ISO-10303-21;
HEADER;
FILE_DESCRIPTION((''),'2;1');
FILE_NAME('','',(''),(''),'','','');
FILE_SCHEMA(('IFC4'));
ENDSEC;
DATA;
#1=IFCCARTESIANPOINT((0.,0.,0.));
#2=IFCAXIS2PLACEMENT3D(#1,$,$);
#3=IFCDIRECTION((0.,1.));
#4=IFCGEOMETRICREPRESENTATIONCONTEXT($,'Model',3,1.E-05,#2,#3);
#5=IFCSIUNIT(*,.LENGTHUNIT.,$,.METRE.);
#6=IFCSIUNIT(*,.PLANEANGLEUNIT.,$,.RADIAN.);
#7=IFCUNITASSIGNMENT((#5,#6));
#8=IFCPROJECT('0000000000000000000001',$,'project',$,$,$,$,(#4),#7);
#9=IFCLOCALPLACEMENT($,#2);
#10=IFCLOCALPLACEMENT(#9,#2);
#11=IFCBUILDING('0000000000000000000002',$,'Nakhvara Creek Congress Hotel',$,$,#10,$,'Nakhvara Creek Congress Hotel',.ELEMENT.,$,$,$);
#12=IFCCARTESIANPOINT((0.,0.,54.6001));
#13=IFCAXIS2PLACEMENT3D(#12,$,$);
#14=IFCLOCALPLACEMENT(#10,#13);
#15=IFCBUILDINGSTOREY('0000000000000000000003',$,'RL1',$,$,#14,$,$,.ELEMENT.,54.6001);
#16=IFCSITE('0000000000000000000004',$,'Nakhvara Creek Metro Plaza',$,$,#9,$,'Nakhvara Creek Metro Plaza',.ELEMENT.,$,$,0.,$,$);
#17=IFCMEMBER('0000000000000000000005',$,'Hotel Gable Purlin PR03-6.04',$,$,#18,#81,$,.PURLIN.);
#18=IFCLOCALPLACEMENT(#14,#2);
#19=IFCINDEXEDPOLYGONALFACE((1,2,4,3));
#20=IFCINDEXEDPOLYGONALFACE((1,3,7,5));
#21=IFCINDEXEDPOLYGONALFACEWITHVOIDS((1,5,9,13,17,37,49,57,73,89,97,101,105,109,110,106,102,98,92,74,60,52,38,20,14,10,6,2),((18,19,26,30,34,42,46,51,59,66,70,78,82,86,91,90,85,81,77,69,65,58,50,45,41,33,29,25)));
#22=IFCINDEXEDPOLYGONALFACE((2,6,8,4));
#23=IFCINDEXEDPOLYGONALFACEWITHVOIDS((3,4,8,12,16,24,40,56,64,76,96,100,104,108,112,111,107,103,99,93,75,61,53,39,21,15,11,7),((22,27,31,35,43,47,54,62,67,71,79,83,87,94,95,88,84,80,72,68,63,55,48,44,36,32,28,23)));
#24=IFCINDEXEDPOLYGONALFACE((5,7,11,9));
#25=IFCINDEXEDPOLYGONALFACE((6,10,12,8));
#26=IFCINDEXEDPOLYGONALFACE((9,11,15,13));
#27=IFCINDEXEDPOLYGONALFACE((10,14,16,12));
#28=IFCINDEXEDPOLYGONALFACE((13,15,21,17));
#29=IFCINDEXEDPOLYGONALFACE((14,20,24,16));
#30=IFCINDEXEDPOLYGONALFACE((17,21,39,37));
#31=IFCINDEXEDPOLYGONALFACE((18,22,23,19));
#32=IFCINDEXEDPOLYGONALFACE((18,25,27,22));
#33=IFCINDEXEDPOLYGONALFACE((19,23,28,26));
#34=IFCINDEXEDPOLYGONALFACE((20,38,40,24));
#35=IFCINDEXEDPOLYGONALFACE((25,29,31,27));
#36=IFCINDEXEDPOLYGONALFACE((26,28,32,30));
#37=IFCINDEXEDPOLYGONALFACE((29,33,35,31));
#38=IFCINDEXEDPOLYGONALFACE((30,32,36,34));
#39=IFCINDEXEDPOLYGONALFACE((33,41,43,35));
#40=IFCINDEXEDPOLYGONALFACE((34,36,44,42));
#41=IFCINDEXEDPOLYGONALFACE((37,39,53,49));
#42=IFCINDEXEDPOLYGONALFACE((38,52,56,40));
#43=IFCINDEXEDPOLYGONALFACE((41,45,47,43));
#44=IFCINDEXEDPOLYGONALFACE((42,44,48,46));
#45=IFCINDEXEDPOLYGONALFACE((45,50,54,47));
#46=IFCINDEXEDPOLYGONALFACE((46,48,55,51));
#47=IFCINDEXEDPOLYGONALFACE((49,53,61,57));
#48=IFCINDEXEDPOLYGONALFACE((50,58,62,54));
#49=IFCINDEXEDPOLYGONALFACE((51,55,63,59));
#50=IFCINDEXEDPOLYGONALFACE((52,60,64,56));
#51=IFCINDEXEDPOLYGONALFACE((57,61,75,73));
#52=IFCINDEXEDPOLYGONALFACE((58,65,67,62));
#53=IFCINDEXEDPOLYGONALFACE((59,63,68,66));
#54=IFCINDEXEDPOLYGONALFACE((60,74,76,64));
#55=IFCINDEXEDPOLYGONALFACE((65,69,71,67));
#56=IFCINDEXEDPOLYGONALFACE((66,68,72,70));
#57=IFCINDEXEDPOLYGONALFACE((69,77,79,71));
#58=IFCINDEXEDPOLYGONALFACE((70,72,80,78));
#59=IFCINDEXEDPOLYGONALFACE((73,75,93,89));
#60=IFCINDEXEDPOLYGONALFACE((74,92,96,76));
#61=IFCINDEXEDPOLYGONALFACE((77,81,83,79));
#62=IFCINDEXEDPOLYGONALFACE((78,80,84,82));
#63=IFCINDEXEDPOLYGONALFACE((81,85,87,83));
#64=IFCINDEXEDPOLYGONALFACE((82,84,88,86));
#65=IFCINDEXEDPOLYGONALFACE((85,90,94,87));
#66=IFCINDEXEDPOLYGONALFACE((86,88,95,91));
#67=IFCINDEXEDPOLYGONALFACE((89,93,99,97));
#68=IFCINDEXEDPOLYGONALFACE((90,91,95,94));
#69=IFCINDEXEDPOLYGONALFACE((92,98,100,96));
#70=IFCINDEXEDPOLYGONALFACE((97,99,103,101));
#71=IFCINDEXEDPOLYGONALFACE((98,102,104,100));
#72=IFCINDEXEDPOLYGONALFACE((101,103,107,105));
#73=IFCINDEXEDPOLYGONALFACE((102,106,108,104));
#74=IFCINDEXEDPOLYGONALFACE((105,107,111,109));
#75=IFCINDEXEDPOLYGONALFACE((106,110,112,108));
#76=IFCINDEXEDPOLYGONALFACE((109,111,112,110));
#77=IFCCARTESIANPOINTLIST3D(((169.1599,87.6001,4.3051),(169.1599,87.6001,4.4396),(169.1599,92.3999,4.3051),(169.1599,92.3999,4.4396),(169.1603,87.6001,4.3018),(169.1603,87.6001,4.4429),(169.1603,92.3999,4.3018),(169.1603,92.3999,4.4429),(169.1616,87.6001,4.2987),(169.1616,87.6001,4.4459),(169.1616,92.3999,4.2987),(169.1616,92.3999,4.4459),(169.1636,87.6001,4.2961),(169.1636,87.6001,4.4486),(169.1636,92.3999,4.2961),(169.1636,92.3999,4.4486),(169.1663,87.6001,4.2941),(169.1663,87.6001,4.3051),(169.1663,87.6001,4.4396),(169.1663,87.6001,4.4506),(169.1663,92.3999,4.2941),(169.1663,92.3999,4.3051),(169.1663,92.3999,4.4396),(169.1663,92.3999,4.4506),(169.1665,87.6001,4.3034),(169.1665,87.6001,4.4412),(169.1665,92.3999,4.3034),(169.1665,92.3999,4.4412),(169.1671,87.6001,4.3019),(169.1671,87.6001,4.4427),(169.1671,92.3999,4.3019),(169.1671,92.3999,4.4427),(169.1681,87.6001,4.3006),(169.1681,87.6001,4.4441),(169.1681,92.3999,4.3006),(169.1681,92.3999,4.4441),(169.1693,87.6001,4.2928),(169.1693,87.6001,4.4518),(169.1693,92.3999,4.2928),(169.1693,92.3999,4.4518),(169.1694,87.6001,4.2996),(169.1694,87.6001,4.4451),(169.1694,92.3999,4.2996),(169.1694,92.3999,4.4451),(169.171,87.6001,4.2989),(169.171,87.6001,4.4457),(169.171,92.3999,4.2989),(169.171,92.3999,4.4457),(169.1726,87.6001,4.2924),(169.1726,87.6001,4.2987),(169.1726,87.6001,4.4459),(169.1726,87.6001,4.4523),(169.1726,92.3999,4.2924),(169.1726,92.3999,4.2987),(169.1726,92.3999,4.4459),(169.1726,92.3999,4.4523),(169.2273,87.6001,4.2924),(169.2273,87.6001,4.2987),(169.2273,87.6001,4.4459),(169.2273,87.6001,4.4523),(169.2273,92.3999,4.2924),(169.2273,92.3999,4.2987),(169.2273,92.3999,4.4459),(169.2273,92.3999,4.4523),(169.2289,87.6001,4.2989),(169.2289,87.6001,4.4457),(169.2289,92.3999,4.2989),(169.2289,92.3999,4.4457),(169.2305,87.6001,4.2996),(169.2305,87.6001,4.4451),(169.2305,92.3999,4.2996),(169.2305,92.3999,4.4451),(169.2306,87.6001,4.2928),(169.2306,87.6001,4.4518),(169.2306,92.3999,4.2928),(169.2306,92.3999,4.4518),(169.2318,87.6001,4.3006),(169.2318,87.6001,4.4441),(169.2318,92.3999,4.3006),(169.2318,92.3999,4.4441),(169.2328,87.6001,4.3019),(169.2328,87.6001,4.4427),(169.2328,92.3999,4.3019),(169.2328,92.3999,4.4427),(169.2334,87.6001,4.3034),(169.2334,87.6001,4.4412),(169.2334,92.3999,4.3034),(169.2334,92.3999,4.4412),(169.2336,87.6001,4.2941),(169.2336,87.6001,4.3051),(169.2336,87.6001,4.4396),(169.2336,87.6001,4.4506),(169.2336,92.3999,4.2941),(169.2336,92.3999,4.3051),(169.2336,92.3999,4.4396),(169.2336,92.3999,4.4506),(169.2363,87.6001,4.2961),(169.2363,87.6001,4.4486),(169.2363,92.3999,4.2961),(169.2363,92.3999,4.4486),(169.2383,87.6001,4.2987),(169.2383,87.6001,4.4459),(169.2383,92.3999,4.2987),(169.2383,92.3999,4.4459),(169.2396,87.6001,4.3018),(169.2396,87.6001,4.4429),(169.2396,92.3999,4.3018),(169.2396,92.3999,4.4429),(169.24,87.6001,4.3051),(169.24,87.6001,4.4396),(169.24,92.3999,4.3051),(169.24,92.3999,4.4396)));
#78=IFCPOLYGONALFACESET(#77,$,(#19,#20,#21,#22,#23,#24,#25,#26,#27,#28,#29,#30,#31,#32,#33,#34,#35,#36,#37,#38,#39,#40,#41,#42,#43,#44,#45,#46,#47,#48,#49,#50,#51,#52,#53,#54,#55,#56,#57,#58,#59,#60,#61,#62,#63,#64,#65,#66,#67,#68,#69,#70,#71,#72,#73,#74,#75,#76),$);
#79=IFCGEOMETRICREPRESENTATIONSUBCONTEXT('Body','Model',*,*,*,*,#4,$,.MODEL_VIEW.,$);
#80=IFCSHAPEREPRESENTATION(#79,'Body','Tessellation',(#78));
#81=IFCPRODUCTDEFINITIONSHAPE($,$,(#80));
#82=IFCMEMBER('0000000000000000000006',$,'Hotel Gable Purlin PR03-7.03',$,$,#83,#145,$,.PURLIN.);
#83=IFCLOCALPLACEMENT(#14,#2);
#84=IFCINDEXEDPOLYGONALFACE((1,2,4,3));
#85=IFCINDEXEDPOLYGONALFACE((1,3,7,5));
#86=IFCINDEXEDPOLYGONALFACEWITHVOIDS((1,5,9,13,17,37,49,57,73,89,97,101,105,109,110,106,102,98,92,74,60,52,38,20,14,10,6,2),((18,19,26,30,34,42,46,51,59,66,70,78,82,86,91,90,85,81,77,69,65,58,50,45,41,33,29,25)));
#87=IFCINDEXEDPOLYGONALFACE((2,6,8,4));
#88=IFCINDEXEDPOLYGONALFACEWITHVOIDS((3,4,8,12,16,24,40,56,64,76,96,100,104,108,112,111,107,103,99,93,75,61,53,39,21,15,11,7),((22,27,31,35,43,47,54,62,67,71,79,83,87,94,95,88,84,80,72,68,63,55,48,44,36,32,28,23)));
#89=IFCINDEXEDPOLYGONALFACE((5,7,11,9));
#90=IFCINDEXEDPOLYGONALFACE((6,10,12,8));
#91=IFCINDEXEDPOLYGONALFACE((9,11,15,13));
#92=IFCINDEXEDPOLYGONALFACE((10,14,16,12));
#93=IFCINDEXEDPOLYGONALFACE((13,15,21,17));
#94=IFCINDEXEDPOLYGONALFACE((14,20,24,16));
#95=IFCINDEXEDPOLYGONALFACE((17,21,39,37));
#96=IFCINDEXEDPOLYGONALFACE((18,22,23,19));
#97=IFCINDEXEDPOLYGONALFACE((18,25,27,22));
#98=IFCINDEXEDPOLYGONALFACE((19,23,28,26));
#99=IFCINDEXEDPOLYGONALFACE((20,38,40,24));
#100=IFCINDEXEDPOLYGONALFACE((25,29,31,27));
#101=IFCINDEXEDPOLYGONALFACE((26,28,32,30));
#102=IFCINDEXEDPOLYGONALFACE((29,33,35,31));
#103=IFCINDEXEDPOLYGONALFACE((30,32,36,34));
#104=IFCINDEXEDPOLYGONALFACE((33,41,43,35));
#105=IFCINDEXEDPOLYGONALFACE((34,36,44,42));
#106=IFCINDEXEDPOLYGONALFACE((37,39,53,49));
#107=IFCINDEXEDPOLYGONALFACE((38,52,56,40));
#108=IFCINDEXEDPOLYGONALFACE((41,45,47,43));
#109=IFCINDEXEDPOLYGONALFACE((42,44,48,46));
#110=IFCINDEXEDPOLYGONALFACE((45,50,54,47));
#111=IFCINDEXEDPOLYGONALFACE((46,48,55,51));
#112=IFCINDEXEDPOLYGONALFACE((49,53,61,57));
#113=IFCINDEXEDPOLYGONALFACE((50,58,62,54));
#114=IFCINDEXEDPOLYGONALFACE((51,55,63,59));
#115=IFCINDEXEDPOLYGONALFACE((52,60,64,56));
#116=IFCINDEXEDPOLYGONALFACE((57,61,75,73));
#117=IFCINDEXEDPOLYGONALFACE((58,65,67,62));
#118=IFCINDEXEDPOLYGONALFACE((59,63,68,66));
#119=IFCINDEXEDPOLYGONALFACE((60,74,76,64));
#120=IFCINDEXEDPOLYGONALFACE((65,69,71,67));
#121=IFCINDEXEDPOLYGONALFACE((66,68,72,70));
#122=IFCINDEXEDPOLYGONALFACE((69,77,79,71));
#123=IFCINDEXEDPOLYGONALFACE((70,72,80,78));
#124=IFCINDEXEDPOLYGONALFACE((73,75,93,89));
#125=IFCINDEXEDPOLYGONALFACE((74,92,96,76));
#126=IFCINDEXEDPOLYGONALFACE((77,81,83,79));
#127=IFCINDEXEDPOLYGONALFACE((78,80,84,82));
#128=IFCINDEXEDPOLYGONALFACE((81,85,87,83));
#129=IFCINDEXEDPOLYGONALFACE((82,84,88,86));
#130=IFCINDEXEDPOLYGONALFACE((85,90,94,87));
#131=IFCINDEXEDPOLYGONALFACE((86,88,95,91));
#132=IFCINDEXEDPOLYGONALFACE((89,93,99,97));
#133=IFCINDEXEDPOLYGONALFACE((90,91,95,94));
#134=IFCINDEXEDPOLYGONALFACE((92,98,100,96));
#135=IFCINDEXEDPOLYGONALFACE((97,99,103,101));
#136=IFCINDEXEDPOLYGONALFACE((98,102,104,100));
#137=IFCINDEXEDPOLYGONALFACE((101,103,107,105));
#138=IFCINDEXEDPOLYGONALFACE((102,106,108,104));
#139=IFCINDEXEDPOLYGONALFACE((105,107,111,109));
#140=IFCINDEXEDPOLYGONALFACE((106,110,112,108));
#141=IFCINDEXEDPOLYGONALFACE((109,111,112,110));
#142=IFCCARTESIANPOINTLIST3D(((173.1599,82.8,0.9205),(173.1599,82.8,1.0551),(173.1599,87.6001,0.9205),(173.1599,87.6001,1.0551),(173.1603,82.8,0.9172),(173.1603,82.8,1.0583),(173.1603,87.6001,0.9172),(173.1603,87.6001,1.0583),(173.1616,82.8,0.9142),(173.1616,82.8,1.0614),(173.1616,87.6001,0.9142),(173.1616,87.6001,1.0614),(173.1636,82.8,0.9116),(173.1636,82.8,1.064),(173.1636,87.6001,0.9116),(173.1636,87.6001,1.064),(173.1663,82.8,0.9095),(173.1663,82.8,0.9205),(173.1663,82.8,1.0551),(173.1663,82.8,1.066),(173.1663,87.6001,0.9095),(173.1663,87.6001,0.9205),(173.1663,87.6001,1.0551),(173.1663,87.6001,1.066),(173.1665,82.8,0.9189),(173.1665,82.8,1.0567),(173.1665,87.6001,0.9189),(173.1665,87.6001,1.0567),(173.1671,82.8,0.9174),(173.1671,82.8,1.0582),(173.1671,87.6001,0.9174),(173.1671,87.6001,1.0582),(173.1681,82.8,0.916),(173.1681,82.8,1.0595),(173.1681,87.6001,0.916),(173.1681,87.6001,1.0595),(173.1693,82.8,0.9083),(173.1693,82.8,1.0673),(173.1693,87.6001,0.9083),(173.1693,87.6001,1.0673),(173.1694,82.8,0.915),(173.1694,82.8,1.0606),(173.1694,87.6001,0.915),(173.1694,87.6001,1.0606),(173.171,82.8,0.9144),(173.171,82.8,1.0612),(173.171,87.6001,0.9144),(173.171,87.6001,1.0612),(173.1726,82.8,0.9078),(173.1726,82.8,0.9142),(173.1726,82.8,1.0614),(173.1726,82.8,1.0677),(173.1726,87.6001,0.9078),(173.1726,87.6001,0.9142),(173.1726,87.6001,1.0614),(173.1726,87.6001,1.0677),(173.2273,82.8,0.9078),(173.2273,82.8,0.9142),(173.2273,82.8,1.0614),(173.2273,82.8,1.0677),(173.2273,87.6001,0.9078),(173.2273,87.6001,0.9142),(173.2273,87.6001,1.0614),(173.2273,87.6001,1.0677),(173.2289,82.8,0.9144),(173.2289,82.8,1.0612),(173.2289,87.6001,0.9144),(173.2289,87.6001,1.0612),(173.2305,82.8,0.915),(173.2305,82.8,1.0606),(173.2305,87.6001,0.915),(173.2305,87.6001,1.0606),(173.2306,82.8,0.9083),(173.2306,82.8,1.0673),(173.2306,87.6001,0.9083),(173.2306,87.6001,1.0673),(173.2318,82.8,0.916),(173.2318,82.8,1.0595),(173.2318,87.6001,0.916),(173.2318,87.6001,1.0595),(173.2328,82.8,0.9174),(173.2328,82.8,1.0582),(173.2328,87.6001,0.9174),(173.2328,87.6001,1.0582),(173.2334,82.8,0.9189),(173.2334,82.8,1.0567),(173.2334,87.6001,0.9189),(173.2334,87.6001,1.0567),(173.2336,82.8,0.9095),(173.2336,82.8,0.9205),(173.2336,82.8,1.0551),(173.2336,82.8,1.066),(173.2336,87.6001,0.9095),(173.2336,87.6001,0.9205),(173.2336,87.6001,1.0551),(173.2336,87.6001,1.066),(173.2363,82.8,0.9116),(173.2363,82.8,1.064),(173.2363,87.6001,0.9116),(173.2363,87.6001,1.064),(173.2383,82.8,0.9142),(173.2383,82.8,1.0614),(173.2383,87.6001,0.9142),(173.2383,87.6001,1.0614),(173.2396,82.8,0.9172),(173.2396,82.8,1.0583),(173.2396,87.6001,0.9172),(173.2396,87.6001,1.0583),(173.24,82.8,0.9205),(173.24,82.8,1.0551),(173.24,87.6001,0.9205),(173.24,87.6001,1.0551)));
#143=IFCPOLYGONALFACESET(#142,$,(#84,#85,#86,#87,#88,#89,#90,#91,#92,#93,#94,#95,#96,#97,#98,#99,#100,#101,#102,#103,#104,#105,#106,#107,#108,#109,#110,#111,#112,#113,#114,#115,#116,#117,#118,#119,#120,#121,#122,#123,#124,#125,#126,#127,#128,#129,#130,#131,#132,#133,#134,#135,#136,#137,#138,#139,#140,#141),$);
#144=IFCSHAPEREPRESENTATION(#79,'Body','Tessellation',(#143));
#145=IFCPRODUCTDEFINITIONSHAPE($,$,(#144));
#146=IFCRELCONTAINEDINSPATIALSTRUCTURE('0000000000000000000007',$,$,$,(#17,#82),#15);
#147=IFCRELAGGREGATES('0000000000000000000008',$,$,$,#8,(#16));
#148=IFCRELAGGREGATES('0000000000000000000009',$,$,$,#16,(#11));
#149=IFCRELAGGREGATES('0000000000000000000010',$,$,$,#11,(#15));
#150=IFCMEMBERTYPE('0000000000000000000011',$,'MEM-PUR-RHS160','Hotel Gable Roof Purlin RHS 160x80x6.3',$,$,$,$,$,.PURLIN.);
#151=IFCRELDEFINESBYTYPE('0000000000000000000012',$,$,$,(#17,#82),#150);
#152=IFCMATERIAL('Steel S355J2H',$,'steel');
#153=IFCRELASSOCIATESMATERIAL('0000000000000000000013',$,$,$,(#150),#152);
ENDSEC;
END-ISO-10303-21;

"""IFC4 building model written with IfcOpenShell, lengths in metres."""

from ifc_helpers import new_model, si_unit, direction, frame, origin, origin_2d, place, context, subcontext, project, spatial, hollow_rectangle, extrude, material, material_profile, profile_set, type_object, element, save


model = new_model("IFC4")

# Units and contexts
model_context = context("Model", 3, precision=1e-05, world=origin(), true_north=direction((0.0, 1.0)))
body_context = subcontext(model_context, "Body", "Model", "MODEL_VIEW")
ifc_project = project(units=[si_unit("LENGTHUNIT", "METRE"), si_unit("PLANEANGLEUNIT", "RADIAN")], contexts=[model_context])

# Site, building, storey
site_placement = place(None, origin())
site = spatial("IfcSite", under=ifc_project, at=site_placement, Name="Nakhvara Creek Metro Plaza", LongName="Nakhvara Creek Metro Plaza", CompositionType="ELEMENT", RefElevation=0.0)
building_placement = place(site_placement, origin())
building = spatial("IfcBuilding", under=site, at=building_placement, Name="Nakhvara Creek Congress Hotel", LongName="Nakhvara Creek Congress Hotel", CompositionType="ELEMENT")
storey_placement = place(building_placement, frame((0.0, 0.0, 54.6001)))
storey = spatial("IfcBuildingStorey", under=building, at=storey_placement, Name="RL1", CompositionType="ELEMENT", Elevation=54.6001)

# Members
ifc_material_1 = material(Name="Steel S355J2H", Category="steel")
ifc_material_profile_1 = material_profile(ifc_material_1, hollow_rectangle(XDim=0.0801, YDim=0.1599, WallThickness=0.0063, InnerFilletRadius=0.0063, OuterFilletRadius=0.0127, at=origin_2d()), Name="RHS 160x80x6.3", Category="LoadBearing")
ifc_profile_set_1 = profile_set([ifc_material_profile_1], Name="Steel S355J2H")
member_type_1 = type_object("IfcMemberType", Name="MEM-PUR-RHS160", Description="Hotel Gable Roof Purlin RHS 160x80x6.3", PredefinedType="PURLIN", material=ifc_profile_set_1)
member_1_placement = place(storey_placement, frame((169.2, 87.6001, 4.3723), z_axis=(0.0, 1.0, 0.0), x_axis=(-1.0, 0.0, 0.0)))
element("IfcMember", 1, at=member_1_placement, inside=storey, type_object=member_type_1, Name="Hotel Gable Purlin PR03-6.04", PredefinedType="PURLIN", context=body_context, shape_type="SweptSolid", body=[
    extrude(hollow_rectangle(XDim=0.0801, YDim=0.1599, WallThickness=0.0063, InnerFilletRadius=0.0063, OuterFilletRadius=0.0127, at=origin_2d()), origin(), (0.0, 0.0, 1.0), 4.7998),
])
member_2_placement = place(storey_placement, frame((173.2, 82.8, 0.9878), z_axis=(0.0, 1.0, 0.0), x_axis=(-1.0, 0.0, 0.0)))
element("IfcMember", 2, at=member_2_placement, inside=storey, type_object=member_type_1, Name="Hotel Gable Purlin PR03-7.03", PredefinedType="PURLIN", context=body_context, shape_type="SweptSolid", body=[
    extrude(hollow_rectangle(XDim=0.0801, YDim=0.1599, WallThickness=0.0063, InnerFilletRadius=0.0063, OuterFilletRadius=0.0127, at=origin_2d()), origin(), (0.0, 0.0, 1.0), 4.8),
])

save(model, "model.ifc")
